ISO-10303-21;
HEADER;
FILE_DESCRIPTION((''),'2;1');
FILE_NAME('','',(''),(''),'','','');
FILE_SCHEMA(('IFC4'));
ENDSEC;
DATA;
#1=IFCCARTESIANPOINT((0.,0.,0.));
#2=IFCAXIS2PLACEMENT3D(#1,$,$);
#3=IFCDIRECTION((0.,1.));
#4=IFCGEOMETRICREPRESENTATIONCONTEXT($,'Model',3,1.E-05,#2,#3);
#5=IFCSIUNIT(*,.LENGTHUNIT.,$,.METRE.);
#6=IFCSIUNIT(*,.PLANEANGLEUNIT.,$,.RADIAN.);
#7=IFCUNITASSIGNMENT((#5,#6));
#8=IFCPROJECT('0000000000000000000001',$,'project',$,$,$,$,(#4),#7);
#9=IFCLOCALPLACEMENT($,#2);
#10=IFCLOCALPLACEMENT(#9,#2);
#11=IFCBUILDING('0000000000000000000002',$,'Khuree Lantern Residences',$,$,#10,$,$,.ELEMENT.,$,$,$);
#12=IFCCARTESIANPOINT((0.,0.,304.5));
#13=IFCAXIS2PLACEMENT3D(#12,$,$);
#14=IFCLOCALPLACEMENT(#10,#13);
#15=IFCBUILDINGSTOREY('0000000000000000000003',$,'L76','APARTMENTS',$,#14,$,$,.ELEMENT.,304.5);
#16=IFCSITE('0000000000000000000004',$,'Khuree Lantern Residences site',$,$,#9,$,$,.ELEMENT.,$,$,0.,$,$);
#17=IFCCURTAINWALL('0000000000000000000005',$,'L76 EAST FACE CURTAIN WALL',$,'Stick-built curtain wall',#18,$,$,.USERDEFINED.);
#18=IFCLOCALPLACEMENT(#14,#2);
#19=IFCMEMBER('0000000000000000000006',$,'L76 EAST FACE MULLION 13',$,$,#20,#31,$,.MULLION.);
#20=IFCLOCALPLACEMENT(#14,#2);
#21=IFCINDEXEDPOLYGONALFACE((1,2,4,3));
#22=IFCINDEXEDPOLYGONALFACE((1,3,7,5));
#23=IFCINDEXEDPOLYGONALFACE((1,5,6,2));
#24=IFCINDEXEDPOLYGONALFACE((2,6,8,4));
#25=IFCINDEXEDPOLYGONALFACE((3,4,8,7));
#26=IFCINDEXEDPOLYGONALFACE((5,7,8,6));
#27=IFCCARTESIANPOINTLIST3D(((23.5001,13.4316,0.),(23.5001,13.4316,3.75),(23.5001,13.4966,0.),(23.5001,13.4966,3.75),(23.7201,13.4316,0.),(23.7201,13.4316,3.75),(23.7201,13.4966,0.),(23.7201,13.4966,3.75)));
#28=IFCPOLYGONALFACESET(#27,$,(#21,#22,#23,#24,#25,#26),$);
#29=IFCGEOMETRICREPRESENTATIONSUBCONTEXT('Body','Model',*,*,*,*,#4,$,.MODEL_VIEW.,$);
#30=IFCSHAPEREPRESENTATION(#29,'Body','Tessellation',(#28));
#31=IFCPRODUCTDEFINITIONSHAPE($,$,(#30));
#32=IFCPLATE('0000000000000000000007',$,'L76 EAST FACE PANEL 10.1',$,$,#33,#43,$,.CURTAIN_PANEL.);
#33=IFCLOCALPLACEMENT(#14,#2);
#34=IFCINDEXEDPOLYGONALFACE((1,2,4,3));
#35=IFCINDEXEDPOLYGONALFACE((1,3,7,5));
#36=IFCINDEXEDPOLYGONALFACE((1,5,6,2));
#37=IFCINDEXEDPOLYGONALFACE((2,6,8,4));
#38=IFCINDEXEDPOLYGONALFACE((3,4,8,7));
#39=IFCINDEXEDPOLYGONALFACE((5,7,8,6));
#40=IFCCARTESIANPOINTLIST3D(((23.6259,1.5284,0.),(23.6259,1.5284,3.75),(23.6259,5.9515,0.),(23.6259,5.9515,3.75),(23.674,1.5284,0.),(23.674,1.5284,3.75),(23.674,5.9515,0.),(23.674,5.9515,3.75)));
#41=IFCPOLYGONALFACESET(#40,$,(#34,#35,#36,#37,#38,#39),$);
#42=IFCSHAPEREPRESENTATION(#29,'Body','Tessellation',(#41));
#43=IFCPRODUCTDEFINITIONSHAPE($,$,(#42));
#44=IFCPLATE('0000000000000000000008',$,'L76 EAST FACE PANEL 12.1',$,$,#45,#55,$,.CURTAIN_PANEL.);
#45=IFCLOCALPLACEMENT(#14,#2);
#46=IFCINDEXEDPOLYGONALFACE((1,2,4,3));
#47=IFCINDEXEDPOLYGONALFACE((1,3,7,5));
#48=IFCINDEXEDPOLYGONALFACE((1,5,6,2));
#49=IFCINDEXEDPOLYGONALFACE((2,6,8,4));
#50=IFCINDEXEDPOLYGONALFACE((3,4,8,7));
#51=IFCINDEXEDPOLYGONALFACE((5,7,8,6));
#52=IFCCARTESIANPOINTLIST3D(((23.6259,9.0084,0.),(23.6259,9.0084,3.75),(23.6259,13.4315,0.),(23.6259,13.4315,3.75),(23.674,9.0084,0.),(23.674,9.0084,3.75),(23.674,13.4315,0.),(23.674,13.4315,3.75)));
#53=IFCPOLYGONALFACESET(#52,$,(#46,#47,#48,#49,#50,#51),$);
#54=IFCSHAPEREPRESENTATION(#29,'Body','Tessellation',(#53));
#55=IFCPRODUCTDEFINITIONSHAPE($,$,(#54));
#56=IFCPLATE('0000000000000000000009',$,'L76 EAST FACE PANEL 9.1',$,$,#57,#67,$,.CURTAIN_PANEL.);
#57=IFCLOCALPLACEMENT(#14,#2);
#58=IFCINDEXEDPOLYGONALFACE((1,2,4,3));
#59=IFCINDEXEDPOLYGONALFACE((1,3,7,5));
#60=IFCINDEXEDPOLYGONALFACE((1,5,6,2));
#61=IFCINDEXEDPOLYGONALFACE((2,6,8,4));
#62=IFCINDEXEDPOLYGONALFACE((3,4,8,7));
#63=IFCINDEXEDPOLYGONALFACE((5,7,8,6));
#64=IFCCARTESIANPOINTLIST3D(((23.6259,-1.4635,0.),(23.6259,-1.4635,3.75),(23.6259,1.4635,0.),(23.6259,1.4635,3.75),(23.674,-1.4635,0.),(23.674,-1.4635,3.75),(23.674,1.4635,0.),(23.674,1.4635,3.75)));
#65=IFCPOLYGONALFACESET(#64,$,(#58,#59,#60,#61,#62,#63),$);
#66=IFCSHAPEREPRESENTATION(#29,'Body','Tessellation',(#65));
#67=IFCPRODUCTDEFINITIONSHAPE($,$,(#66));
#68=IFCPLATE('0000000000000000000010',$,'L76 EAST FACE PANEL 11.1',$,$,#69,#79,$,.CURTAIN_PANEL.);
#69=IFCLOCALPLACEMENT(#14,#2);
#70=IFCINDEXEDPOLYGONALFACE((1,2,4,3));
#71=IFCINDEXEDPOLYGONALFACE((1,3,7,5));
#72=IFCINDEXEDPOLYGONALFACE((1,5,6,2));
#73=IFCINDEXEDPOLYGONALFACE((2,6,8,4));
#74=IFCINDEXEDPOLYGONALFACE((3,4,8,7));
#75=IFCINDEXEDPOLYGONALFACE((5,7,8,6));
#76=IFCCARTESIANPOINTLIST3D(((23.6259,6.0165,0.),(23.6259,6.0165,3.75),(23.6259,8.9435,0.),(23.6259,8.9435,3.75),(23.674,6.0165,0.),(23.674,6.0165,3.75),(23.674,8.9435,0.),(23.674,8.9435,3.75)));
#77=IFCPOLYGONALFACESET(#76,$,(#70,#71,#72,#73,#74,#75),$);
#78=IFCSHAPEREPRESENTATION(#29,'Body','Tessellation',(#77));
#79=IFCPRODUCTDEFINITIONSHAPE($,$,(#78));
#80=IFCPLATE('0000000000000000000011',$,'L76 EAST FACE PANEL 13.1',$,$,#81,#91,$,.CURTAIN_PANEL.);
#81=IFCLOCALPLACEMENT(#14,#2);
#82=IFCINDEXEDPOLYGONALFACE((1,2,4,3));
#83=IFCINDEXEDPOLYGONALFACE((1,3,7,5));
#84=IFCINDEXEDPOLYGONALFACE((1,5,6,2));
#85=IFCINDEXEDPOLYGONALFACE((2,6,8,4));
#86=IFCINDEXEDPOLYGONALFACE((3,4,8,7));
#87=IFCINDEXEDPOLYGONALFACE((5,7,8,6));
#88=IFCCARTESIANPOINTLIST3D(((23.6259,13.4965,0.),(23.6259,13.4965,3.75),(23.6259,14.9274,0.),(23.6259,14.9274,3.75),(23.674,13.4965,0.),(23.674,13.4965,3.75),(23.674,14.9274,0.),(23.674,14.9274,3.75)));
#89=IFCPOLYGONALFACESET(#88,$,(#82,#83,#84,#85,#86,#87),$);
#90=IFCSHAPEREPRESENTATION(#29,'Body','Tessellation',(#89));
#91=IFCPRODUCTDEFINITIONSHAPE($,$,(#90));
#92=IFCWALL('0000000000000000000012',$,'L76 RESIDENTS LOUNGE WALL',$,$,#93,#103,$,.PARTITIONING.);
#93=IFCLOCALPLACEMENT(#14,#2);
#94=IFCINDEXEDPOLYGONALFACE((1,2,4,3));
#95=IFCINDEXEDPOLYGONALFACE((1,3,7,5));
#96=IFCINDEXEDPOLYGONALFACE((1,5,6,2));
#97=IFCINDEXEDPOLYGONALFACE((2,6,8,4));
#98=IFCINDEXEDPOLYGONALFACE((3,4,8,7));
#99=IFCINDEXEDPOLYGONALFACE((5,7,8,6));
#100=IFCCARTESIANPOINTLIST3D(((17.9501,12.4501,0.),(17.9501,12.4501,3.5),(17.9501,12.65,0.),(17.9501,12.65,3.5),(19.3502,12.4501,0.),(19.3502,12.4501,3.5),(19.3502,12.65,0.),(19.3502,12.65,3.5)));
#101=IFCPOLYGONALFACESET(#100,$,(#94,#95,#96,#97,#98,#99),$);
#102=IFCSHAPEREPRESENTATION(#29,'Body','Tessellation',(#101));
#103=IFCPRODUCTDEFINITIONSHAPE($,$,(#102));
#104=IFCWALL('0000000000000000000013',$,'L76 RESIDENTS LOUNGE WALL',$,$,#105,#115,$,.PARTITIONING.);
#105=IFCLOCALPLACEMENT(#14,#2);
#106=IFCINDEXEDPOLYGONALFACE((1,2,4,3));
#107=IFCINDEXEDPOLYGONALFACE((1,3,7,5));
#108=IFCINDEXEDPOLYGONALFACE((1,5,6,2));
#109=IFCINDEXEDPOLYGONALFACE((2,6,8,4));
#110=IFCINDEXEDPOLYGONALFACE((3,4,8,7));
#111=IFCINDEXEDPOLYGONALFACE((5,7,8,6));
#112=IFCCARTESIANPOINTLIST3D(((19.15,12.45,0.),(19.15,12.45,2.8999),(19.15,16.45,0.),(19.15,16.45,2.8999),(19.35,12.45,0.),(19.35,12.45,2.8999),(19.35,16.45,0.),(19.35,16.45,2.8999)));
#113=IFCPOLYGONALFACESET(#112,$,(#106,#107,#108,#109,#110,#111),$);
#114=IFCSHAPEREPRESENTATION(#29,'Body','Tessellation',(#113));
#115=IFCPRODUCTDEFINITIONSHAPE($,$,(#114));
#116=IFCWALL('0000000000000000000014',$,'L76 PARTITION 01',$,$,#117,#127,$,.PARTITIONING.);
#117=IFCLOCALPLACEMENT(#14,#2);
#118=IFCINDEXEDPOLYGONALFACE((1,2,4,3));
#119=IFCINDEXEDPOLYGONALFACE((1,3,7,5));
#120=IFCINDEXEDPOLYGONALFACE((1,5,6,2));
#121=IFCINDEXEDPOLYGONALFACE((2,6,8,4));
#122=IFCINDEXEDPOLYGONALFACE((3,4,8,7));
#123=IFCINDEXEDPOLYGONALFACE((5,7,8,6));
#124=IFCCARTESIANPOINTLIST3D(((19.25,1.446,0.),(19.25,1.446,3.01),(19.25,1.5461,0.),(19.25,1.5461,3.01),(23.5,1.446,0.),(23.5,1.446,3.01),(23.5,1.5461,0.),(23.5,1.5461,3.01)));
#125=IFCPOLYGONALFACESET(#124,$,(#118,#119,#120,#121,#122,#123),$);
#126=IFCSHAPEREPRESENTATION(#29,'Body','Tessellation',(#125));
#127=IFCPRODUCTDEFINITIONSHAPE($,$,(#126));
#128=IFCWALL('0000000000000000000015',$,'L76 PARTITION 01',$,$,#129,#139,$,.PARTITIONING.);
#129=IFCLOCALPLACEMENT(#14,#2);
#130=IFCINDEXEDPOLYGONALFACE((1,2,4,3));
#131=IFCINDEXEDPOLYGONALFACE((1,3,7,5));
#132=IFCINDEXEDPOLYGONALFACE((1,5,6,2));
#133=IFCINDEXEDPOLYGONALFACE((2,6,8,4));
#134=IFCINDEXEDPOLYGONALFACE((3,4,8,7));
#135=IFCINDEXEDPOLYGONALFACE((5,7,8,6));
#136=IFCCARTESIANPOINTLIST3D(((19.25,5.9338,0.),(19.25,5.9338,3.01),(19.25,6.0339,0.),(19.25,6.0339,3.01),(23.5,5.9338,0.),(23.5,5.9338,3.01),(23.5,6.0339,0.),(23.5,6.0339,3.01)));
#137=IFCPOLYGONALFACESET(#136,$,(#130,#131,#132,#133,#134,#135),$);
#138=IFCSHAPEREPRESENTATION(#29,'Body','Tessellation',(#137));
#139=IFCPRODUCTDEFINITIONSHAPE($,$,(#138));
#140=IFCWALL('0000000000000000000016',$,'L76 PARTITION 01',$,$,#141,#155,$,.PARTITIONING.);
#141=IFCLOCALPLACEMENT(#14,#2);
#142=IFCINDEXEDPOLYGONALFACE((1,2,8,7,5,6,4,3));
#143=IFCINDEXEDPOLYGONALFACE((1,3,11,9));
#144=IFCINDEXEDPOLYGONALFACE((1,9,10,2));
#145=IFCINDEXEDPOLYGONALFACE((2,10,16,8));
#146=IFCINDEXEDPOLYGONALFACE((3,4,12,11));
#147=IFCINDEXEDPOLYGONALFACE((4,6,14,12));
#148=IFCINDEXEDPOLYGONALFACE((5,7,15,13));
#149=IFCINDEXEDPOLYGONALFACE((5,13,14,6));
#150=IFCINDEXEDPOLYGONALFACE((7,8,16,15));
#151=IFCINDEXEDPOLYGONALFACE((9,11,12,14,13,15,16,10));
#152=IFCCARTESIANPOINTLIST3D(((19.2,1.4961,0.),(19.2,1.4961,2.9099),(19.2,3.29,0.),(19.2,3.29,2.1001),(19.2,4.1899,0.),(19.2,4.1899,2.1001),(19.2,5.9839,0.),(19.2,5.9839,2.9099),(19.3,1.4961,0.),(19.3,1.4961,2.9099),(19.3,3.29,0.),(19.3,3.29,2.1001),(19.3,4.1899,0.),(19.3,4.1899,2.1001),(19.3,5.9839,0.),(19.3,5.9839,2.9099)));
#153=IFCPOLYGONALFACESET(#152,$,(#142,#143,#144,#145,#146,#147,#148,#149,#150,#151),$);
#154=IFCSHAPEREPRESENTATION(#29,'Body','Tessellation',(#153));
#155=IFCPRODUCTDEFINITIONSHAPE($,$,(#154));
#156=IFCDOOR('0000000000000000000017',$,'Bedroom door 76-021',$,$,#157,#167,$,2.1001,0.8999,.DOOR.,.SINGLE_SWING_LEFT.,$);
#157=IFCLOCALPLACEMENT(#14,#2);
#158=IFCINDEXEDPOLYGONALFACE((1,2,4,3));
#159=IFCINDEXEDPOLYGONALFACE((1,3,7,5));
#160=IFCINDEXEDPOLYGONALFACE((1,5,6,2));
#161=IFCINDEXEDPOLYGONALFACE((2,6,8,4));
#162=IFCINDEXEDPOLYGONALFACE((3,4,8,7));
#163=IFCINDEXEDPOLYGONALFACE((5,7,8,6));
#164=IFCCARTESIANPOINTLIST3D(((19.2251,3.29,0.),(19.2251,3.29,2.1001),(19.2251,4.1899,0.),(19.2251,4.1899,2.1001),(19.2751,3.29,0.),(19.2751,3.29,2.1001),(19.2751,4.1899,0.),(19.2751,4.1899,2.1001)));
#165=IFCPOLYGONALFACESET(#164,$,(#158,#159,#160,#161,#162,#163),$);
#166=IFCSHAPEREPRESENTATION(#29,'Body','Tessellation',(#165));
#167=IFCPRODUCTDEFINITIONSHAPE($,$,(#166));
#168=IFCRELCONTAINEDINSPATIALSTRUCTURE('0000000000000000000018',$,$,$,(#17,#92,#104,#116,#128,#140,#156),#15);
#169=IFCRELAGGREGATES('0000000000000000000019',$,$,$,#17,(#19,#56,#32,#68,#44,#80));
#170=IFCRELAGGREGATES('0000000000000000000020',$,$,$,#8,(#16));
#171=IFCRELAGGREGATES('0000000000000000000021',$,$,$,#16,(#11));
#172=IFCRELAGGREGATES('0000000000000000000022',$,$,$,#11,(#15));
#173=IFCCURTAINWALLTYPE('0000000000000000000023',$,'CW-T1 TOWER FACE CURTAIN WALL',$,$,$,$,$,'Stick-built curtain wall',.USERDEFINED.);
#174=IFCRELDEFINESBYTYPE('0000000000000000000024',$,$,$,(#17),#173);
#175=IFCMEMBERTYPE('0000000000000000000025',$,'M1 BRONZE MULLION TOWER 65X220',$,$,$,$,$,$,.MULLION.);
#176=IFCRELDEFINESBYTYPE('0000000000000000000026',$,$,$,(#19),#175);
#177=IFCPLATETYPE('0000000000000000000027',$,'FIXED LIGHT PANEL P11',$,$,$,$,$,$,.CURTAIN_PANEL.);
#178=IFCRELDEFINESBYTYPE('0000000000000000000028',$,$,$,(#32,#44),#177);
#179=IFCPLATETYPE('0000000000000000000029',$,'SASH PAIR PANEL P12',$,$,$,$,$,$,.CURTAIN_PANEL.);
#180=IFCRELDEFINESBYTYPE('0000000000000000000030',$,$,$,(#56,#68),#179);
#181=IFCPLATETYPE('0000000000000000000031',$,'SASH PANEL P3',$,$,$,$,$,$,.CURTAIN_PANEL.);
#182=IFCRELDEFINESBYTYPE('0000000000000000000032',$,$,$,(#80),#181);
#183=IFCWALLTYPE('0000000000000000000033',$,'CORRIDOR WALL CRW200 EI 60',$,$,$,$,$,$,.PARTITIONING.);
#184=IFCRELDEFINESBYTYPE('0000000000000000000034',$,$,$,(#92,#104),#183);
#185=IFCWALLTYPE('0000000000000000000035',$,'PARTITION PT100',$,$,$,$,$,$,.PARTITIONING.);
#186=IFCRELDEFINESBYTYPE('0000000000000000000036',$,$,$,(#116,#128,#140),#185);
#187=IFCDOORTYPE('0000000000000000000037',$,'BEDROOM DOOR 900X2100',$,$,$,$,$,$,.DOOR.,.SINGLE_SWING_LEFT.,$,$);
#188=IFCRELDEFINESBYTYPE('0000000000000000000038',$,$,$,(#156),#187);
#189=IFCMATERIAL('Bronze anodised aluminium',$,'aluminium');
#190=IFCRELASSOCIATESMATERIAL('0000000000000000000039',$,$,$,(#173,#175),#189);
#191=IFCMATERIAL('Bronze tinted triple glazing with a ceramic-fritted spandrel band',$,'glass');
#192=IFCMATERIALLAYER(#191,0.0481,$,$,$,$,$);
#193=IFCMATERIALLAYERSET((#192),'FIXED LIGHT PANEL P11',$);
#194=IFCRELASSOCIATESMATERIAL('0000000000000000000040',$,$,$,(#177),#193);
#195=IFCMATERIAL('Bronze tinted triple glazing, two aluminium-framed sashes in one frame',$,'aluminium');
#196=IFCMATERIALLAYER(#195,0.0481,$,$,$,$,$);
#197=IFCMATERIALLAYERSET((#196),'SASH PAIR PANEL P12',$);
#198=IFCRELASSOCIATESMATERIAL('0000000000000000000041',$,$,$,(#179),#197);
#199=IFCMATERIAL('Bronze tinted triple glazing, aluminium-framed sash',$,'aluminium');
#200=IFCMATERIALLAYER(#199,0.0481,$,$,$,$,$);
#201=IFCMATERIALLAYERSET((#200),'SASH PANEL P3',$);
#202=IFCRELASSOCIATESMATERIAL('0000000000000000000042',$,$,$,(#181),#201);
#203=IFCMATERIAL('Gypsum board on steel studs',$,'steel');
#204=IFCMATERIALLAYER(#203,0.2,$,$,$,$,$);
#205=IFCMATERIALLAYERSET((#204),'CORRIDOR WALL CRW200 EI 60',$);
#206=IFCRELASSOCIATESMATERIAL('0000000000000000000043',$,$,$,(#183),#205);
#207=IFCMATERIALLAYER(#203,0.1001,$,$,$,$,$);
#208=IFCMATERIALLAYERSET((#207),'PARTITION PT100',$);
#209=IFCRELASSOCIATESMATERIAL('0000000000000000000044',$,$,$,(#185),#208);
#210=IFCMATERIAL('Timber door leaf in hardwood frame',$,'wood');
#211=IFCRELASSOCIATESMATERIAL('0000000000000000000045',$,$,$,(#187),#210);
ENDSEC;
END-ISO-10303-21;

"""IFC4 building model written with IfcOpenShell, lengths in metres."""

from ifc_helpers import new_model, si_unit, direction, frame, frame_2d, origin, origin_2d, place, context, subcontext, project, spatial, rectangle, extrude, material, layer, layer_set, material_profile, profile_set, type_object, element, fill, aggregate, save


model = new_model("IFC4")

# Units and contexts
model_context = context("Model", 3, precision=1e-05, world=origin(), true_north=direction((0.0, 1.0)))
body_context = subcontext(model_context, "Body", "Model", "MODEL_VIEW")
ifc_project = project(units=[si_unit("LENGTHUNIT", "METRE"), si_unit("PLANEANGLEUNIT", "RADIAN")], contexts=[model_context])

# Site, building, storey
site_placement = place(None, origin())
site = spatial("IfcSite", under=ifc_project, at=site_placement, Name="Khuree Lantern Residences site", CompositionType="ELEMENT", RefElevation=0.0)
building_placement = place(site_placement, origin())
building = spatial("IfcBuilding", under=site, at=building_placement, Name="Khuree Lantern Residences", CompositionType="ELEMENT")
storey_placement = place(building_placement, frame((0.0, 0.0, 304.5)))
storey = spatial("IfcBuildingStorey", under=building, at=storey_placement, Name="L76", Description="APARTMENTS", CompositionType="ELEMENT", Elevation=304.5)

# Curtain wall
ifc_material_1 = material(Name="Bronze anodised aluminium", Category="aluminium")
curtain_wall_type = type_object("IfcCurtainWallType", Name="CW-T1 TOWER FACE CURTAIN WALL", ElementType="Stick-built curtain wall", PredefinedType="USERDEFINED", material=ifc_material_1)
curtain_wall_placement = place(storey_placement, origin())
curtain_wall = element("IfcCurtainWall", 1, at=curtain_wall_placement, inside=storey, type_object=curtain_wall_type, Name="L76 EAST FACE CURTAIN WALL", ObjectType="Stick-built curtain wall", PredefinedType="USERDEFINED")

# Member
ifc_material_profile_1 = material_profile(ifc_material_1, rectangle(XDim=0.0649, YDim=0.22, at=origin_2d()), Name="M1 65X220")
ifc_profile_set_1 = profile_set([ifc_material_profile_1], Name="Bronze anodised aluminium")
member_type_1 = type_object("IfcMemberType", Name="M1 BRONZE MULLION TOWER 65X220", PredefinedType="MULLION", material=ifc_profile_set_1)
member_1_placement = place(storey_placement, frame((23.6101, 13.4641, 0.0), z_axis=(0.0, 0.0, 1.0), x_axis=(0.0, 1.0, 0.0)))
member_1 = element("IfcMember", 2, at=member_1_placement, type_object=member_type_1, Name="L76 EAST FACE MULLION 13", PredefinedType="MULLION", context=body_context, shape_type="SweptSolid", body=[
    extrude(rectangle(XDim=0.0649, YDim=0.22, at=origin_2d()), origin(), (0.0, 0.0, 1.0), 3.75),
])

# Plates
ifc_material_2 = material(Name="Bronze tinted triple glazing with a ceramic-fritted spandrel band", Category="glass")
ifc_layer_1 = layer(ifc_material_2, 0.0481)
ifc_layer_set_1 = layer_set([ifc_layer_1], Name="FIXED LIGHT PANEL P11")
plate_type_1 = type_object("IfcPlateType", Name="FIXED LIGHT PANEL P11", PredefinedType="CURTAIN_PANEL", material=ifc_layer_set_1)
plate_1_placement = place(storey_placement, frame((23.6499, 3.74, 0.0), z_axis=(0.0, 0.0, 1.0), x_axis=(0.0, 1.0, 0.0)))
plate_1 = element("IfcPlate", 3, at=plate_1_placement, type_object=plate_type_1, Name="L76 EAST FACE PANEL 10.1", PredefinedType="CURTAIN_PANEL", context=body_context, shape_type="SweptSolid", body=[
    extrude(rectangle(XDim=4.4231, YDim=0.0481, at=origin_2d()), origin(), (0.0, 0.0, 1.0), 3.75),
])
plate_2_placement = place(storey_placement, frame((23.6499, 11.22, 0.0), z_axis=(0.0, 0.0, 1.0), x_axis=(0.0, 1.0, 0.0)))
plate_2 = element("IfcPlate", 4, at=plate_2_placement, type_object=plate_type_1, Name="L76 EAST FACE PANEL 12.1", PredefinedType="CURTAIN_PANEL", context=body_context, shape_type="SweptSolid", body=[
    extrude(rectangle(XDim=4.4231, YDim=0.0481, at=origin_2d()), origin(), (0.0, 0.0, 1.0), 3.75),
])
ifc_material_3 = material(Name="Bronze tinted triple glazing, two aluminium-framed sashes in one frame", Category="aluminium")
ifc_layer_2 = layer(ifc_material_3, 0.0481)
ifc_layer_set_2 = layer_set([ifc_layer_2], Name="SASH PAIR PANEL P12")
plate_type_2 = type_object("IfcPlateType", Name="SASH PAIR PANEL P12", PredefinedType="CURTAIN_PANEL", material=ifc_layer_set_2)
plate_3_placement = place(storey_placement, frame((23.6499, 0.0, 0.0), z_axis=(0.0, 0.0, 1.0), x_axis=(0.0, 1.0, 0.0)))
plate_3 = element("IfcPlate", 5, at=plate_3_placement, type_object=plate_type_2, Name="L76 EAST FACE PANEL 9.1", PredefinedType="CURTAIN_PANEL", context=body_context, shape_type="SweptSolid", body=[
    extrude(rectangle(XDim=2.927, YDim=0.0481, at=origin_2d()), origin(), (0.0, 0.0, 1.0), 3.75),
])
plate_4_placement = place(storey_placement, frame((23.6499, 7.48, 0.0), z_axis=(0.0, 0.0, 1.0), x_axis=(0.0, 1.0, 0.0)))
plate_4 = element("IfcPlate", 6, at=plate_4_placement, type_object=plate_type_2, Name="L76 EAST FACE PANEL 11.1", PredefinedType="CURTAIN_PANEL", context=body_context, shape_type="SweptSolid", body=[
    extrude(rectangle(XDim=2.927, YDim=0.0481, at=origin_2d()), origin(), (0.0, 0.0, 1.0), 3.75),
])
ifc_material_4 = material(Name="Bronze tinted triple glazing, aluminium-framed sash", Category="aluminium")
ifc_layer_3 = layer(ifc_material_4, 0.0481)
ifc_layer_set_3 = layer_set([ifc_layer_3], Name="SASH PANEL P3")
plate_type_3 = type_object("IfcPlateType", Name="SASH PANEL P3", PredefinedType="CURTAIN_PANEL", material=ifc_layer_set_3)
plate_5_placement = place(storey_placement, frame((23.6499, 14.2119, 0.0), z_axis=(0.0, 0.0, 1.0), x_axis=(0.0, 1.0, 0.0)))
plate_5 = element("IfcPlate", 7, at=plate_5_placement, type_object=plate_type_3, Name="L76 EAST FACE PANEL 13.1", PredefinedType="CURTAIN_PANEL", context=body_context, shape_type="SweptSolid", body=[
    extrude(rectangle(XDim=1.4309, YDim=0.0481, at=origin_2d()), origin(), (0.0, 0.0, 1.0), 3.75),
])
aggregate(curtain_wall, [member_1, plate_3, plate_1, plate_4, plate_2, plate_5])

# Walls
ifc_material_5 = material(Name="Gypsum board on steel studs", Category="steel")
ifc_layer_4 = layer(ifc_material_5, 0.2)
ifc_layer_set_4 = layer_set([ifc_layer_4], Name="CORRIDOR WALL CRW200 EI 60")
wall_type_1 = type_object("IfcWallType", Name="CORRIDOR WALL CRW200 EI 60", PredefinedType="PARTITIONING", material=ifc_layer_set_4)
wall_1_placement = place(storey_placement, frame((17.95, 12.55, 0.0), z_axis=(0.0, 0.0, 1.0), x_axis=(1.0, 0.0, 0.0)))
element("IfcWall", 8, at=wall_1_placement, inside=storey, type_object=wall_type_1, Name="L76 RESIDENTS LOUNGE WALL", PredefinedType="PARTITIONING", context=body_context, shape_type="SweptSolid", body=[
    extrude(rectangle(XDim=1.4001, YDim=0.2, at=frame_2d((0.7002, 0.0))), origin(), (0.0, 0.0, 1.0), 3.5),
])
wall_2_placement = place(storey_placement, frame((19.25, 12.45, 0.0), z_axis=(0.0, 0.0, 1.0), x_axis=(0.0, 1.0, 0.0)))
element("IfcWall", 9, at=wall_2_placement, inside=storey, type_object=wall_type_1, Name="L76 RESIDENTS LOUNGE WALL", PredefinedType="PARTITIONING", context=body_context, shape_type="SweptSolid", body=[
    extrude(rectangle(XDim=4.0, YDim=0.2, at=frame_2d((2.0, 0.0))), origin(), (0.0, 0.0, 1.0), 2.8999),
])
ifc_layer_5 = layer(ifc_material_5, 0.1001)
ifc_layer_set_5 = layer_set([ifc_layer_5], Name="PARTITION PT100")
wall_type_2 = type_object("IfcWallType", Name="PARTITION PT100", PredefinedType="PARTITIONING", material=ifc_layer_set_5)
for number, where, z_axis, x_axis, name in (
    (10, (19.25, 1.4961, 0.0), (0.0, 0.0, 1.0), (1.0, 0.0, 0.0), "L76 PARTITION 01"),
    (11, (19.25, 5.9839, 0.0), (0.0, 0.0, 1.0), (1.0, 0.0, 0.0), "L76 PARTITION 01"),
):
    element("IfcWall", number, at=place(storey_placement, frame(where, z_axis=z_axis, x_axis=x_axis)), inside=storey, type_object=wall_type_2, Name=name, PredefinedType="PARTITIONING", context=body_context, shape_type="SweptSolid", body=[
        extrude(rectangle(XDim=4.25, YDim=0.1001, at=frame_2d((2.125, 0.0))), origin(), (0.0, 0.0, 1.0), 3.01),
    ])

# Wall, opening, door
wall_3_placement = place(storey_placement, frame((19.25, 1.4961, 0.0), z_axis=(0.0, 0.0, 1.0), x_axis=(0.0, 1.0, 0.0)))
wall_3 = element("IfcWall", 12, at=wall_3_placement, inside=storey, type_object=wall_type_2, Name="L76 PARTITION 01", PredefinedType="PARTITIONING", context=body_context, shape_type="SweptSolid", body=[
    extrude(rectangle(XDim=4.4878, YDim=0.1001, at=frame_2d((2.2439, 0.0))), origin(), (0.0, 0.0, 1.0), 2.9099),
])
opening_placement = place(wall_3_placement, frame((1.7939, 0.0, 0.0)))
opening = element("IfcOpeningElement", 13, at=opening_placement, cuts=wall_3, PredefinedType="OPENING", context=body_context, shape_type="SweptSolid", body=[
    extrude(rectangle(XDim=0.8999, YDim=2.1001, at=frame_2d((0.45, 1.05))), frame((0.0, 0.0601, 0.0), z_axis=(0.0, -1.0, 0.0), x_axis=(1.0, 0.0, 0.0)), (0.0, 0.0, 1.0), 0.1201),
])
ifc_material_6 = material(Name="Timber door leaf in hardwood frame", Category="wood")
door_type = type_object("IfcDoorType", Name="BEDROOM DOOR 900X2100", OperationType="SINGLE_SWING_LEFT", PredefinedType="DOOR", material=ifc_material_6)
door_placement = place(opening_placement, origin())
door = element("IfcDoor", 14, at=door_placement, inside=storey, type_object=door_type, Name="Bedroom door 76-021", OperationType="SINGLE_SWING_LEFT", OverallHeight=2.1001, OverallWidth=0.8999, PredefinedType="DOOR", context=body_context, shape_type="SweptSolid", body=[
    extrude(rectangle(XDim=0.8999, YDim=2.1001, at=frame_2d((0.45, 1.05))), frame((0.0, 0.0249, 0.0), z_axis=(0.0, -1.0, 0.0), x_axis=(1.0, 0.0, 0.0)), (0.0, 0.0, 1.0), 0.05),
])
fill(opening, door)

save(model, "model.ifc")
